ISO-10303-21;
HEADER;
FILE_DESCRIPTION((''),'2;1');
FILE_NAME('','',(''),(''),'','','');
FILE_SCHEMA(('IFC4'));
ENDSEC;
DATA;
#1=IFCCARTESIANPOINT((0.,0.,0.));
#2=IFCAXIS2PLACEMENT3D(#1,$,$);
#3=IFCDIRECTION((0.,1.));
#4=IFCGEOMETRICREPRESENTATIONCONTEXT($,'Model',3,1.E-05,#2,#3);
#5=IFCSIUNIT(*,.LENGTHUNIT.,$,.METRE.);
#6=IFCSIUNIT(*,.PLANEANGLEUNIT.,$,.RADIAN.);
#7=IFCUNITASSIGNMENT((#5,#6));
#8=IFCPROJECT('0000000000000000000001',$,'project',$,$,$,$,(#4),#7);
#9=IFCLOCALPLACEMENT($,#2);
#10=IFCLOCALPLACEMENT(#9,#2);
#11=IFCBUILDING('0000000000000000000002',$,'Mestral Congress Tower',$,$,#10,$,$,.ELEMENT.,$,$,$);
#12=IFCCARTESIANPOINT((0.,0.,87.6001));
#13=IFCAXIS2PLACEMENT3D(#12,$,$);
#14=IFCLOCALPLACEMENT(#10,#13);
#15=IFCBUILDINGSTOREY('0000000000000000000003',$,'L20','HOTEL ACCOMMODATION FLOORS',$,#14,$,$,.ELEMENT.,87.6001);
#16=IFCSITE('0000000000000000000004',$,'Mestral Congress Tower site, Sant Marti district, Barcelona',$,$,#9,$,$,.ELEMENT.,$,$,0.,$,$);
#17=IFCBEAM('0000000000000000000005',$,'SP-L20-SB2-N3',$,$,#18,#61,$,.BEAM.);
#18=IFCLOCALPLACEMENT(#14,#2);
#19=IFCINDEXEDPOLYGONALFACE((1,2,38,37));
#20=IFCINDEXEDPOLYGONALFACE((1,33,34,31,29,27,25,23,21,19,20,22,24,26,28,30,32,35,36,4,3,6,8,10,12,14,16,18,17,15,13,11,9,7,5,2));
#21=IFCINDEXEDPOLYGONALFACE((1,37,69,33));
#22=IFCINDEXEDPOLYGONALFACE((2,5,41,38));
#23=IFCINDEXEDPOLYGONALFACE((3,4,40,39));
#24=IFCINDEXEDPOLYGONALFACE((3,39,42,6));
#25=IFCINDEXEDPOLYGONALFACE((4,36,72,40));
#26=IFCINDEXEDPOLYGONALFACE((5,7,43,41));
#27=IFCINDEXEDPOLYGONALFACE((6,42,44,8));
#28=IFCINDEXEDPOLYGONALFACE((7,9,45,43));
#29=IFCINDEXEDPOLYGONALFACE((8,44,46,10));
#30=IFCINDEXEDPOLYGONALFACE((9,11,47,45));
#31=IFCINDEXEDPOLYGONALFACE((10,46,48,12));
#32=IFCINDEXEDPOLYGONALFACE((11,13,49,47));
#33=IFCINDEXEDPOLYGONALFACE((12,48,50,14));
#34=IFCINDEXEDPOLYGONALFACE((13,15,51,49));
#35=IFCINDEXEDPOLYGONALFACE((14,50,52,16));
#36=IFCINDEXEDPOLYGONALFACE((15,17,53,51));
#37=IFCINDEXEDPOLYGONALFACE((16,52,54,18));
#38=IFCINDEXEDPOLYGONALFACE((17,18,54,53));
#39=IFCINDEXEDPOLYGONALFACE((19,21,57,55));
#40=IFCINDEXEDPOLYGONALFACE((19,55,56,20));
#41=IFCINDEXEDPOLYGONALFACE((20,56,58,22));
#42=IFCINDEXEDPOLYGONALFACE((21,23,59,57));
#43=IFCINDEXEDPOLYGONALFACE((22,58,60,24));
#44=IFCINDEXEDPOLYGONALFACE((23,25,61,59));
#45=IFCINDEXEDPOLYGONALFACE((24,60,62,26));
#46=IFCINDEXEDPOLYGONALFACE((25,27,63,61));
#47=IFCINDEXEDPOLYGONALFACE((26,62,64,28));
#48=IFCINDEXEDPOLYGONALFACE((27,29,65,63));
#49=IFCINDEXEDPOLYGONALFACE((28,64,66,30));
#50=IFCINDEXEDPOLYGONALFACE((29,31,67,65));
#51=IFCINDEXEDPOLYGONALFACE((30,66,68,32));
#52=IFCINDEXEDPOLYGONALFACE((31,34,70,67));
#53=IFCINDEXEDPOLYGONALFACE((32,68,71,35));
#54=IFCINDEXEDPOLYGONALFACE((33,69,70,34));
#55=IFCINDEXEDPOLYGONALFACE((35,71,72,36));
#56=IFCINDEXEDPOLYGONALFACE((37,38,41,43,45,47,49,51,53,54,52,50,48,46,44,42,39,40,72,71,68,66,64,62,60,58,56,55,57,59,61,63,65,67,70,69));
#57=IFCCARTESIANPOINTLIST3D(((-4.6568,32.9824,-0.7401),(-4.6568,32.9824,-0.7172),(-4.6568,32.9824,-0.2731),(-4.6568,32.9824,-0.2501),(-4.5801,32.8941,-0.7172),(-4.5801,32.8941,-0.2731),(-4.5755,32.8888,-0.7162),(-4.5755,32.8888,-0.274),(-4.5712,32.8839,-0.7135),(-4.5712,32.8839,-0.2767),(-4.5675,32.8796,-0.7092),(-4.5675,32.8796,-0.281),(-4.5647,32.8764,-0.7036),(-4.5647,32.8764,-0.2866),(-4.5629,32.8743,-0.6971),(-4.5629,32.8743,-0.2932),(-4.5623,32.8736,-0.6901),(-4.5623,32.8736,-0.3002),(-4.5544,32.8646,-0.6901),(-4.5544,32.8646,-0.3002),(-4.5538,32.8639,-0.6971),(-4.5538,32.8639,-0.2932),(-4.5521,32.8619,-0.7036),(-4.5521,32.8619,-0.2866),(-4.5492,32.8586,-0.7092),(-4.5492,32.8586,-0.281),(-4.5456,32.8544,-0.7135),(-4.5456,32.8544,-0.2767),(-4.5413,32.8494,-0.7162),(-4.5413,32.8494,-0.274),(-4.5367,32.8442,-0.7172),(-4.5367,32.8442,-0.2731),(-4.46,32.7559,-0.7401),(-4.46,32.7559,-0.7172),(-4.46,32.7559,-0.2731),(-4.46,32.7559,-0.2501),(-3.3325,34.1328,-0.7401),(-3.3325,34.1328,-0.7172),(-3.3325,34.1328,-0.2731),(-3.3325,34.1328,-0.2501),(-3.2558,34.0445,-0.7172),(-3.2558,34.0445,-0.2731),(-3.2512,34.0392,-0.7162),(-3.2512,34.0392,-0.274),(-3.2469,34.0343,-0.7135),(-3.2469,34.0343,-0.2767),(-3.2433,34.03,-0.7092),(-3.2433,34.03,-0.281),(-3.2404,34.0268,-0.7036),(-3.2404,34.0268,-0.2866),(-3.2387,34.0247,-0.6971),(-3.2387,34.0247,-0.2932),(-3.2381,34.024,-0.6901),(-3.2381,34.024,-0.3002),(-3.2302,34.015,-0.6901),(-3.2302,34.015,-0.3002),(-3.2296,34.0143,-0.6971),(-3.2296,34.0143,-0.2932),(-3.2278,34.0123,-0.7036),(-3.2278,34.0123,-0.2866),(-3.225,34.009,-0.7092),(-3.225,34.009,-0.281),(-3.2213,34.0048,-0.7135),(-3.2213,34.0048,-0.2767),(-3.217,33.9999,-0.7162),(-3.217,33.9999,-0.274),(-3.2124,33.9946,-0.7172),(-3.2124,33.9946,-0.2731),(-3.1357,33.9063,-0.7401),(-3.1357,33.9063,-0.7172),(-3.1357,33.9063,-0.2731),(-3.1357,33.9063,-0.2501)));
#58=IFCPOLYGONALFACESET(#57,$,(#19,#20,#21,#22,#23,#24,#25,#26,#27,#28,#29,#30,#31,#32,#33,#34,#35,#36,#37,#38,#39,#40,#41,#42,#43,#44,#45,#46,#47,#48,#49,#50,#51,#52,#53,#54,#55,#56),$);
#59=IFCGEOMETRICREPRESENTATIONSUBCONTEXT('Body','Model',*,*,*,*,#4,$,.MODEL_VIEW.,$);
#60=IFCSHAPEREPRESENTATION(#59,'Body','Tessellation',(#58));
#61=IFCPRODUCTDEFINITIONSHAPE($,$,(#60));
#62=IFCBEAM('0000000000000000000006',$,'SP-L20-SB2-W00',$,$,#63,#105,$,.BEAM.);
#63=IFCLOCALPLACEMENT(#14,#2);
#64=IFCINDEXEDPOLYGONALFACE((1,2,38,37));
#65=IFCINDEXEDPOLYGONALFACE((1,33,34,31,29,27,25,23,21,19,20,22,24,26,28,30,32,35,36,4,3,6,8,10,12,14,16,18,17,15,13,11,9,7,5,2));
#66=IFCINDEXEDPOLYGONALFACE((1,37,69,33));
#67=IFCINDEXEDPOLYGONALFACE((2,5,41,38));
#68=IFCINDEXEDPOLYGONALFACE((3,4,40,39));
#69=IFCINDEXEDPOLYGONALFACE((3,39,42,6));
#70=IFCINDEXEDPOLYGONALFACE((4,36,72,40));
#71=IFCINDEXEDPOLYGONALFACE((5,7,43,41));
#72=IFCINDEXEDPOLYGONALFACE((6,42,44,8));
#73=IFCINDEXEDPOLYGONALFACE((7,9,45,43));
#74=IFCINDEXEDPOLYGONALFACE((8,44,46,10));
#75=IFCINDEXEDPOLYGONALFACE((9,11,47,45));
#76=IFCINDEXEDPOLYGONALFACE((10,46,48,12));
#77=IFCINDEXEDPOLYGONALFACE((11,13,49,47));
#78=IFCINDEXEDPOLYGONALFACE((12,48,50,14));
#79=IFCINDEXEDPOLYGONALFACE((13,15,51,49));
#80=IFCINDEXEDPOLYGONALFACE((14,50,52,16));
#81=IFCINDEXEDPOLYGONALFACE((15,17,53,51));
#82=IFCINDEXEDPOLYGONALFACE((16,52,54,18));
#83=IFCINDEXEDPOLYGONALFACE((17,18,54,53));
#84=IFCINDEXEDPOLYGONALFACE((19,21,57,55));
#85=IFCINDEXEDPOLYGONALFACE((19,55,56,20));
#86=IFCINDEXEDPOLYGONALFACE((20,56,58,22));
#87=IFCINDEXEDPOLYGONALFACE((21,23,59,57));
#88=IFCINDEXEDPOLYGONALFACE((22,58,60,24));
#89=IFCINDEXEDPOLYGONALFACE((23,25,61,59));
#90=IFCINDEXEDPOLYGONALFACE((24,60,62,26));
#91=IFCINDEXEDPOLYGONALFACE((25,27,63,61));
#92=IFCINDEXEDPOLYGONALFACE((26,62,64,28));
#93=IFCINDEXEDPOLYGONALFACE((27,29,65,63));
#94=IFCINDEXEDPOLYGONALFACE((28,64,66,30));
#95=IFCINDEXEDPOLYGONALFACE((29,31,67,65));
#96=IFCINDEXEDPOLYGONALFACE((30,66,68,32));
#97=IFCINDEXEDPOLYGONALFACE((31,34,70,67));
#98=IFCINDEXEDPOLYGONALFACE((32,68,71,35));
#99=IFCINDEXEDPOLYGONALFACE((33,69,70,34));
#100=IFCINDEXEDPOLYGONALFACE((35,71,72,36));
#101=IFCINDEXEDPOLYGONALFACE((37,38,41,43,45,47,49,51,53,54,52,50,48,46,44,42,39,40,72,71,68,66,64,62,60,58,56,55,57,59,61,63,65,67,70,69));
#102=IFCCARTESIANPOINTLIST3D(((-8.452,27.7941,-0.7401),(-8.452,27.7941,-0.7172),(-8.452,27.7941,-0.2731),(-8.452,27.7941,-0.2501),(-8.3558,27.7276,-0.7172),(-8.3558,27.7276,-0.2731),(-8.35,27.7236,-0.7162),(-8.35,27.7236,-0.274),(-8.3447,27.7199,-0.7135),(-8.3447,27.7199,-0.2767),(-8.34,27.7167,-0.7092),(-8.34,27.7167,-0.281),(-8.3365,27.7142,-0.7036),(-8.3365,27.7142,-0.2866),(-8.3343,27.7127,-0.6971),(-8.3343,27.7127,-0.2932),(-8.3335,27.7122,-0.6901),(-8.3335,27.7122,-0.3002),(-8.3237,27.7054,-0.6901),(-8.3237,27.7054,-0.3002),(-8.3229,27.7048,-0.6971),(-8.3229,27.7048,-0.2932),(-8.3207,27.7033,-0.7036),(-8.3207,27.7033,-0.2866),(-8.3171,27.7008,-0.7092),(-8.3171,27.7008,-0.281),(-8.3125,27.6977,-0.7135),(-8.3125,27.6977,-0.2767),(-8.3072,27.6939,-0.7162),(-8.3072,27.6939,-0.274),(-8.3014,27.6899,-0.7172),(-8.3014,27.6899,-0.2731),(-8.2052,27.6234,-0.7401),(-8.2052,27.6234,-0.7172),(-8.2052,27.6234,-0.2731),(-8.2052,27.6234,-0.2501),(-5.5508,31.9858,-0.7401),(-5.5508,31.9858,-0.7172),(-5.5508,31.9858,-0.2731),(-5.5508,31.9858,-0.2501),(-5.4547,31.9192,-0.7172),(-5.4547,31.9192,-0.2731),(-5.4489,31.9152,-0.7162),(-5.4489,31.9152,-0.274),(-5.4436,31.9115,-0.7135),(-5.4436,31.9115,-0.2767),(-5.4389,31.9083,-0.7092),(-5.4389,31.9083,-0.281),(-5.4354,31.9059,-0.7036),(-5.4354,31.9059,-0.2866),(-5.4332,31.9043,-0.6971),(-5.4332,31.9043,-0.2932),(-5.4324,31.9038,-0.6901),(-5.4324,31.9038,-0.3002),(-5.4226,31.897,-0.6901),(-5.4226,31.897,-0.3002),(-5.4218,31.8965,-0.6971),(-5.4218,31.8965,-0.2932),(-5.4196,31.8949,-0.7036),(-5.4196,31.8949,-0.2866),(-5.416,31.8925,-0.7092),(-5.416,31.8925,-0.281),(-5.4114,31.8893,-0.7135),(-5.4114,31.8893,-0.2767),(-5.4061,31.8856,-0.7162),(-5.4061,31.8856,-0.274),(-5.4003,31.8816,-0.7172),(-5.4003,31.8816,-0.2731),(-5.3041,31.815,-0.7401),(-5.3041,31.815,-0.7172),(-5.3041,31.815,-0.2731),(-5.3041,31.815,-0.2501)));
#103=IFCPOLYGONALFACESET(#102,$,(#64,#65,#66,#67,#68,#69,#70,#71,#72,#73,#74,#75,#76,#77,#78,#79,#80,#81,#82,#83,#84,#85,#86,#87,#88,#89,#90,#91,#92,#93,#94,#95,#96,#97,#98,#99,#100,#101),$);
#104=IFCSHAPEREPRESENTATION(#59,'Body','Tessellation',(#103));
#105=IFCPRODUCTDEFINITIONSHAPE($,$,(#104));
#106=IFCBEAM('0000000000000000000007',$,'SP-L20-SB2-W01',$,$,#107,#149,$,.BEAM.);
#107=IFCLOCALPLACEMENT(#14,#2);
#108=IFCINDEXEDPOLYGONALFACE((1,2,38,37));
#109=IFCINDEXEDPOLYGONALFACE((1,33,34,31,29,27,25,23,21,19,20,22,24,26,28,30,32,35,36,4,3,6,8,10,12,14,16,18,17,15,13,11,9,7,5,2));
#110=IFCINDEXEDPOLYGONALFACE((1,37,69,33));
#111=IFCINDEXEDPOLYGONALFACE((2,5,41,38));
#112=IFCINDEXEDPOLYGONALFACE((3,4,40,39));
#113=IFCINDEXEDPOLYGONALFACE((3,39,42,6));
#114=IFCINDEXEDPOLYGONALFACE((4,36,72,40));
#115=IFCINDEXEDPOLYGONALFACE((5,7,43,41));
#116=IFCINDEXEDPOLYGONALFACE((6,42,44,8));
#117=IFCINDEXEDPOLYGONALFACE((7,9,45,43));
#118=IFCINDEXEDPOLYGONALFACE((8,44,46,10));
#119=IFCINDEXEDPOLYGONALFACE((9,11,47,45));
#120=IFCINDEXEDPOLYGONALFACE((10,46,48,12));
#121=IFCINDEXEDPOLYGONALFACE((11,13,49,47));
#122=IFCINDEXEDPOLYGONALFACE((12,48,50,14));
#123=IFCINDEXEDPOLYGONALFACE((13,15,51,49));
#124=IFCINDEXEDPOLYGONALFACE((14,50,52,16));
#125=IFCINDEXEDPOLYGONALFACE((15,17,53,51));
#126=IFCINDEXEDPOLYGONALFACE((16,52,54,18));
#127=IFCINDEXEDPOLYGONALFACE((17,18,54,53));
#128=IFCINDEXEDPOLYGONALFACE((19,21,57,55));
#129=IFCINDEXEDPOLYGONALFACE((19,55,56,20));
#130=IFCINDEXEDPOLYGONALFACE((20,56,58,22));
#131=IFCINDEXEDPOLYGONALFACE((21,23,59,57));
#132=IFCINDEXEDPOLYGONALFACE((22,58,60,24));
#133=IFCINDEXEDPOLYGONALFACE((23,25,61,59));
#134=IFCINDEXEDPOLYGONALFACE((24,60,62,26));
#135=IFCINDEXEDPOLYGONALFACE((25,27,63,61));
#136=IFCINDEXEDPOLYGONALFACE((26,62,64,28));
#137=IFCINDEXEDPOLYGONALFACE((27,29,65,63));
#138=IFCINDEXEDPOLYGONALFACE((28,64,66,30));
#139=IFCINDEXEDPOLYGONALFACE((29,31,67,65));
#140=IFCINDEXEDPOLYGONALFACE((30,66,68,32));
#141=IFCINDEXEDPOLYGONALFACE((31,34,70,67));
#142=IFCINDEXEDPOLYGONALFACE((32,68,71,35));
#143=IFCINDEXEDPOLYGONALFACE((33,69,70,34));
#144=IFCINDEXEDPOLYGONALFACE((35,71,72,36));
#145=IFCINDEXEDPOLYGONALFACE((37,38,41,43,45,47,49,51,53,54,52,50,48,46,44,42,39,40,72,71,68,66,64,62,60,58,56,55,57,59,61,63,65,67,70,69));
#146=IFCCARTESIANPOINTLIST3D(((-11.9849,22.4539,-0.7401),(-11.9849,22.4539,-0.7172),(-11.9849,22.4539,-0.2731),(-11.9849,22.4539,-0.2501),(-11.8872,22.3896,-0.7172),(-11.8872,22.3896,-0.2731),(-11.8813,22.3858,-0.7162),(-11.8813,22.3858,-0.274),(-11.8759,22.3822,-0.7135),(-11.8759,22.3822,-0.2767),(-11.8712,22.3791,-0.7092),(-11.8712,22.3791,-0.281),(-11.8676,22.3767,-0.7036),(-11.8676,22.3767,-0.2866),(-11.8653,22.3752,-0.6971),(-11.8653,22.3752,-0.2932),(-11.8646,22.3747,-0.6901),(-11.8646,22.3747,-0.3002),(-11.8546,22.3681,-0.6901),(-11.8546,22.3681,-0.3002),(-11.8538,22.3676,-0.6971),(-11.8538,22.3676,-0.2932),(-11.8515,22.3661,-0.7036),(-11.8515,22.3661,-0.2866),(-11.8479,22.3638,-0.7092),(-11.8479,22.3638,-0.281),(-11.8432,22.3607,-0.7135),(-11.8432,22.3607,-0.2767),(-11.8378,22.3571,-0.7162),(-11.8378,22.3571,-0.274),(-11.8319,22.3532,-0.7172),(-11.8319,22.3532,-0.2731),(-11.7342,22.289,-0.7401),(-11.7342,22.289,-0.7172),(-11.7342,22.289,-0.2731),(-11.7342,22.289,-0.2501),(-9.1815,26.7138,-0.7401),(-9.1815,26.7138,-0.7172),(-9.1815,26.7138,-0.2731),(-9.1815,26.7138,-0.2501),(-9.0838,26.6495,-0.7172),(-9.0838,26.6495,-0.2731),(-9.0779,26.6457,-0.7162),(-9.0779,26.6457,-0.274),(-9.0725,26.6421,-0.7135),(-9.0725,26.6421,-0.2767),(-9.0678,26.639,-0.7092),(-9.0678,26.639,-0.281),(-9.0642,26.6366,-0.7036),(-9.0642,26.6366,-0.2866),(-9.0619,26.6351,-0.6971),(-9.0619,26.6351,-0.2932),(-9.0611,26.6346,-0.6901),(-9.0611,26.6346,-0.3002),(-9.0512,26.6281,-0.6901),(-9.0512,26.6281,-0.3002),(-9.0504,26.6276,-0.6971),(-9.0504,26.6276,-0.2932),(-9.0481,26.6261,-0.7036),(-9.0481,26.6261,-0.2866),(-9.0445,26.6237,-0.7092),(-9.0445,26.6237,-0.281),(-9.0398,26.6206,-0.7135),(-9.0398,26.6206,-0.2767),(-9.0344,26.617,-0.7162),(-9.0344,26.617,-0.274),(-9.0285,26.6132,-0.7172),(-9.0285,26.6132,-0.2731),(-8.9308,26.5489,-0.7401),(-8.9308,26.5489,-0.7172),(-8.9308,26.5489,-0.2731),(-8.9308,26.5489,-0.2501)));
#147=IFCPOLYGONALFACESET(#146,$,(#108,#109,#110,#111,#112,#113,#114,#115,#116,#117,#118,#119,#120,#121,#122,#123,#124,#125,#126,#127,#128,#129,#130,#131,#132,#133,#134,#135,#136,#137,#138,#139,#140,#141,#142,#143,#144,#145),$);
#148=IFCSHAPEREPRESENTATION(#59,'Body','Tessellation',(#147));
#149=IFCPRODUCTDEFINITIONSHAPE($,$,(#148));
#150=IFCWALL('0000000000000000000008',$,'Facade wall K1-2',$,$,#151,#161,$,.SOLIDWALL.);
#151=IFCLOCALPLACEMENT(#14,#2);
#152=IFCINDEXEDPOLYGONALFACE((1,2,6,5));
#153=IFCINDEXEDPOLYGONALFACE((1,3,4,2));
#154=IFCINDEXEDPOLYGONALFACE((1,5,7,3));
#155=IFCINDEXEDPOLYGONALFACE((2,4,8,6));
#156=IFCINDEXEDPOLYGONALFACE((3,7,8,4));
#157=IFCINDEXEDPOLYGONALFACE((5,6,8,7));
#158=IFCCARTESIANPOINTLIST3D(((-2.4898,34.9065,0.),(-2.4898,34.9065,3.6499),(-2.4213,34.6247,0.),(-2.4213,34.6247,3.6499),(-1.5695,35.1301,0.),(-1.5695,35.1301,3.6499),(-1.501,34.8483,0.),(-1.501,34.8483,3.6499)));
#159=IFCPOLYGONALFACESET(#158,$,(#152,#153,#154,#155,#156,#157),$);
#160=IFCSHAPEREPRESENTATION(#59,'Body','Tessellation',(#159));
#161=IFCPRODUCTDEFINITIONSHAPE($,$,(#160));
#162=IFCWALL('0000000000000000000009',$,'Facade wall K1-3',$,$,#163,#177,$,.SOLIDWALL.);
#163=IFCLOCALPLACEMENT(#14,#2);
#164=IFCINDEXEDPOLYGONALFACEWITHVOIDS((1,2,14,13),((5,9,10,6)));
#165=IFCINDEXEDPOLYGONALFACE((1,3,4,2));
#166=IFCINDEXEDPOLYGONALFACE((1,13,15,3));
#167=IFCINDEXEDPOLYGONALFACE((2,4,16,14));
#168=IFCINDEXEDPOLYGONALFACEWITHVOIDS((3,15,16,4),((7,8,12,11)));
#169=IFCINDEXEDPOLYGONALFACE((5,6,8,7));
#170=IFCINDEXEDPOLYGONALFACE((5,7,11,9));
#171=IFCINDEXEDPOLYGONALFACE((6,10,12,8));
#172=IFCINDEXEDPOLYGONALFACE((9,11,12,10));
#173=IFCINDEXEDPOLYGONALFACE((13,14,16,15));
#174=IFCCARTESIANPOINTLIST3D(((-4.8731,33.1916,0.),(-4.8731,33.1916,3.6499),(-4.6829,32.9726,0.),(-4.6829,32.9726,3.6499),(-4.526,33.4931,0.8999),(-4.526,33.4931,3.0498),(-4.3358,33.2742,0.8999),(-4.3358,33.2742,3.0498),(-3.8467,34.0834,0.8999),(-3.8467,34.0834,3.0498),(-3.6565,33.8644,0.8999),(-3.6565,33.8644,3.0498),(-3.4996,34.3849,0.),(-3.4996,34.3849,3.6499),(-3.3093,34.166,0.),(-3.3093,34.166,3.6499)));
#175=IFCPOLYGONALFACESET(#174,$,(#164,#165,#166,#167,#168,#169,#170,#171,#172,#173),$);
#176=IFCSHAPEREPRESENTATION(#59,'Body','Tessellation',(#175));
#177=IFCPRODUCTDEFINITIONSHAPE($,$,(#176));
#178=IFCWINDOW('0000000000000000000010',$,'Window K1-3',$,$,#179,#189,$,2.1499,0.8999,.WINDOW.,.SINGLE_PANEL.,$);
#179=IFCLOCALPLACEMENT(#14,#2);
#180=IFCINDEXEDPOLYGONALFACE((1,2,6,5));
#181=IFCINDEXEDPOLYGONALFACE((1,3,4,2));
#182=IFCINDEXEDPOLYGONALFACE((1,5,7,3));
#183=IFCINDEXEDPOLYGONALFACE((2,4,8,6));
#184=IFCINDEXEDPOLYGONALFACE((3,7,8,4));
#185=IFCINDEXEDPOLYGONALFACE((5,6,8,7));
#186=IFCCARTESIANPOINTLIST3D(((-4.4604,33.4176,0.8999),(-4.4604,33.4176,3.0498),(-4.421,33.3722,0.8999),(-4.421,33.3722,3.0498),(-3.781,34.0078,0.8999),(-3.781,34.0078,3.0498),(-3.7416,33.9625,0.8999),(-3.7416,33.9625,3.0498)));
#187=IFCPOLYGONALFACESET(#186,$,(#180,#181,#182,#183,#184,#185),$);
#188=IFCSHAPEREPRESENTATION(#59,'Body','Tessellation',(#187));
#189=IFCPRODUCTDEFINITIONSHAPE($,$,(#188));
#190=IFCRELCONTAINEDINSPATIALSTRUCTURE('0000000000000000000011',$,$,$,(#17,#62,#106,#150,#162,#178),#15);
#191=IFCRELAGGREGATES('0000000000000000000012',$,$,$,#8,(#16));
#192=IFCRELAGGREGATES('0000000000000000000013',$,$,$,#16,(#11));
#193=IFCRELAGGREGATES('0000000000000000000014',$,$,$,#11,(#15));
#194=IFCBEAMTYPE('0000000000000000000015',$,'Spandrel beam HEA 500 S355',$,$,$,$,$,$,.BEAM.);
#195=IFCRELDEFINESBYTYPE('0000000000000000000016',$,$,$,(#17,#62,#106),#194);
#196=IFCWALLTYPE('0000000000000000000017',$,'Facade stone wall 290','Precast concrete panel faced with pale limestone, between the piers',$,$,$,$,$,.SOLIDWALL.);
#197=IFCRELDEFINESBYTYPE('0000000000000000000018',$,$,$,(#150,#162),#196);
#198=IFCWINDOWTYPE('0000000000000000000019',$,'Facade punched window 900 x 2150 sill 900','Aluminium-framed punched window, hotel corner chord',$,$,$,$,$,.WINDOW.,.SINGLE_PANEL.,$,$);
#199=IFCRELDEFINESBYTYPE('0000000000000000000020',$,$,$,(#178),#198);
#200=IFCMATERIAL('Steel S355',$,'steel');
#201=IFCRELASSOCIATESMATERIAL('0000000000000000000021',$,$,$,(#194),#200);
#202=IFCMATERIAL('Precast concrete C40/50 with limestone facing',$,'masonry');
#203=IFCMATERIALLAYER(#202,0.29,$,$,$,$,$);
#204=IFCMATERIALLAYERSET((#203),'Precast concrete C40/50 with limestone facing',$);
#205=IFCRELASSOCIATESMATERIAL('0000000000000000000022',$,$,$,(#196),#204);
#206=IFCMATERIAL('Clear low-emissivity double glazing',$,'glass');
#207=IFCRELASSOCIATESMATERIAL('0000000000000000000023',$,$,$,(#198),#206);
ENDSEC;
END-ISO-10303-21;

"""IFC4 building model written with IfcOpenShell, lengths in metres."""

from ifc_helpers import new_model, si_unit, direction, frame, frame_2d, origin, origin_2d, place, context, subcontext, project, spatial, rectangle, i_section, extrude, material, layer, layer_set, material_profile, profile_set, type_object, element, fill, save


model = new_model("IFC4")

# Units and contexts
model_context = context("Model", 3, precision=1e-05, world=origin(), true_north=direction((0.0, 1.0)))
body_context = subcontext(model_context, "Body", "Model", "MODEL_VIEW")
ifc_project = project(units=[si_unit("LENGTHUNIT", "METRE"), si_unit("PLANEANGLEUNIT", "RADIAN")], contexts=[model_context])

# Site, building, storey
site_placement = place(None, origin())
site = spatial("IfcSite", under=ifc_project, at=site_placement, Name="Mestral Congress Tower site, Sant Marti district, Barcelona", CompositionType="ELEMENT", RefElevation=0.0)
building_placement = place(site_placement, origin())
building = spatial("IfcBuilding", under=site, at=building_placement, Name="Mestral Congress Tower", CompositionType="ELEMENT")
storey_placement = place(building_placement, frame((0.0, 0.0, 87.6001)))
storey = spatial("IfcBuildingStorey", under=building, at=storey_placement, Name="L20", Description="HOTEL ACCOMMODATION FLOORS", CompositionType="ELEMENT", Elevation=87.6001)

# Beams
ifc_material_1 = material(Name="Steel S355", Category="steel")
ifc_material_profile_1 = material_profile(ifc_material_1, i_section(OverallWidth=0.3, OverallDepth=0.49, WebThickness=0.012, FlangeThickness=0.0229, FilletRadius=0.0271, at=origin_2d()), Name="HEA 500")
ifc_profile_set_1 = profile_set([ifc_material_profile_1], Name="Steel S355")
beam_type_1 = type_object("IfcBeamType", Name="Spandrel beam HEA 500 S355", PredefinedType="BEAM", material=ifc_profile_set_1)
beam_1_placement = place(storey_placement, frame((-3.2341, 34.0195, -0.4951), z_axis=(-0.754917, -0.65582, 0.0), x_axis=(0.65582, -0.754917, 0.0)))
element("IfcBeam", 1, at=beam_1_placement, inside=storey, type_object=beam_type_1, Name="SP-L20-SB2-N3", PredefinedType="BEAM", context=body_context, shape_type="SweptSolid", body=[
    extrude(i_section(OverallWidth=0.3, OverallDepth=0.49, WebThickness=0.012, FlangeThickness=0.0229, FilletRadius=0.0271, at=origin_2d()), origin(), (0.0, 0.0, 1.0), 1.7542),
])
beam_2_placement = place(storey_placement, frame((-5.4275, 31.9004, -0.4951), z_axis=(-0.569105, -0.822265, 0.0), x_axis=(0.822265, -0.569105, 0.0)))
element("IfcBeam", 2, at=beam_2_placement, inside=storey, type_object=beam_type_1, Name="SP-L20-SB2-W00", PredefinedType="BEAM", context=body_context, shape_type="SweptSolid", body=[
    extrude(i_section(OverallWidth=0.3, OverallDepth=0.49, WebThickness=0.012, FlangeThickness=0.0229, FilletRadius=0.0271, at=origin_2d()), origin(), (0.0, 0.0, 1.0), 5.0977),
])
beam_3_placement = place(storey_placement, frame((-9.0562, 26.6313, -0.4951), z_axis=(-0.54973, -0.835342, 0.0), x_axis=(0.835342, -0.54973, 0.0)))
element("IfcBeam", 3, at=beam_3_placement, inside=storey, type_object=beam_type_1, Name="SP-L20-SB2-W01", PredefinedType="BEAM", context=body_context, shape_type="SweptSolid", body=[
    extrude(i_section(OverallWidth=0.3, OverallDepth=0.49, WebThickness=0.012, FlangeThickness=0.0229, FilletRadius=0.0271, at=origin_2d()), origin(), (0.0, 0.0, 1.0), 5.0996),
])

# Wall
ifc_material_2 = material(Name="Precast concrete C40/50 with limestone facing", Category="masonry")
ifc_layer_1 = layer(ifc_material_2, 0.29)
ifc_layer_set_1 = layer_set([ifc_layer_1], Name="Precast concrete C40/50 with limestone facing")
wall_type_1 = type_object("IfcWallType", Name="Facade stone wall 290", Description="Precast concrete panel faced with pale limestone, between the piers", PredefinedType="SOLIDWALL", material=ifc_layer_set_1)
wall_1_placement = place(storey_placement, frame((-1.5352, 34.9893, 0.0), z_axis=(0.0, 0.0, 1.0), x_axis=(-0.971714, -0.236161, 0.0)))
element("IfcWall", 4, at=wall_1_placement, inside=storey, type_object=wall_type_1, Name="Facade wall K1-2", PredefinedType="SOLIDWALL", context=body_context, shape_type="SweptSolid", body=[
    extrude(rectangle(XDim=0.947, YDim=0.29, at=frame_2d((0.4736, 0.0))), origin(), (0.0, 0.0, 1.0), 3.6499),
])

# Wall, opening, window
wall_2_placement = place(storey_placement, frame((-3.4045, 34.2754, 0.0), z_axis=(0.0, 0.0, 1.0), x_axis=(-0.754883, -0.65586, 0.0)))
wall_2 = element("IfcWall", 5, at=wall_2_placement, inside=storey, type_object=wall_type_1, Name="Facade wall K1-3", PredefinedType="SOLIDWALL", context=body_context, shape_type="SweptSolid", body=[
    extrude(rectangle(XDim=1.8196, YDim=0.29, at=frame_2d((0.9097, 0.0))), origin(), (0.0, 0.0, 1.0), 3.6499),
])
opening_1_placement = place(wall_2_placement, frame((0.4597, 0.0, 0.8999)))
opening_1 = element("IfcOpeningElement", 6, at=opening_1_placement, cuts=wall_2, PredefinedType="OPENING", context=body_context, shape_type="SweptSolid", body=[
    extrude(rectangle(XDim=0.8999, YDim=2.1499, at=frame_2d((0.45, 1.075))), frame((0.0, 0.155, 0.0), z_axis=(0.0, -1.0, 0.0), x_axis=(1.0, 0.0, 0.0)), (0.0, 0.0, 1.0), 0.3101),
])
ifc_material_3 = material(Name="Clear low-emissivity double glazing", Category="glass")
window_type_1 = type_object("IfcWindowType", Name="Facade punched window 900 x 2150 sill 900", Description="Aluminium-framed punched window, hotel corner chord", PartitioningType="SINGLE_PANEL", PredefinedType="WINDOW", material=ifc_material_3)
window_1_placement = place(opening_1_placement, origin())
window_1 = element("IfcWindow", 7, at=window_1_placement, inside=storey, type_object=window_type_1, Name="Window K1-3", OverallHeight=2.1499, OverallWidth=0.8999, PartitioningType="SINGLE_PANEL", PredefinedType="WINDOW", context=body_context, shape_type="SweptSolid", body=[
    extrude(rectangle(XDim=0.8999, YDim=2.1499, at=frame_2d((0.45, 1.075))), frame((0.0, 0.0151, 0.0), z_axis=(0.0, -1.0, 0.0), x_axis=(1.0, 0.0, 0.0)), (0.0, 0.0, 1.0), 0.0601),
])
fill(opening_1, window_1)

save(model, "model.ifc")
